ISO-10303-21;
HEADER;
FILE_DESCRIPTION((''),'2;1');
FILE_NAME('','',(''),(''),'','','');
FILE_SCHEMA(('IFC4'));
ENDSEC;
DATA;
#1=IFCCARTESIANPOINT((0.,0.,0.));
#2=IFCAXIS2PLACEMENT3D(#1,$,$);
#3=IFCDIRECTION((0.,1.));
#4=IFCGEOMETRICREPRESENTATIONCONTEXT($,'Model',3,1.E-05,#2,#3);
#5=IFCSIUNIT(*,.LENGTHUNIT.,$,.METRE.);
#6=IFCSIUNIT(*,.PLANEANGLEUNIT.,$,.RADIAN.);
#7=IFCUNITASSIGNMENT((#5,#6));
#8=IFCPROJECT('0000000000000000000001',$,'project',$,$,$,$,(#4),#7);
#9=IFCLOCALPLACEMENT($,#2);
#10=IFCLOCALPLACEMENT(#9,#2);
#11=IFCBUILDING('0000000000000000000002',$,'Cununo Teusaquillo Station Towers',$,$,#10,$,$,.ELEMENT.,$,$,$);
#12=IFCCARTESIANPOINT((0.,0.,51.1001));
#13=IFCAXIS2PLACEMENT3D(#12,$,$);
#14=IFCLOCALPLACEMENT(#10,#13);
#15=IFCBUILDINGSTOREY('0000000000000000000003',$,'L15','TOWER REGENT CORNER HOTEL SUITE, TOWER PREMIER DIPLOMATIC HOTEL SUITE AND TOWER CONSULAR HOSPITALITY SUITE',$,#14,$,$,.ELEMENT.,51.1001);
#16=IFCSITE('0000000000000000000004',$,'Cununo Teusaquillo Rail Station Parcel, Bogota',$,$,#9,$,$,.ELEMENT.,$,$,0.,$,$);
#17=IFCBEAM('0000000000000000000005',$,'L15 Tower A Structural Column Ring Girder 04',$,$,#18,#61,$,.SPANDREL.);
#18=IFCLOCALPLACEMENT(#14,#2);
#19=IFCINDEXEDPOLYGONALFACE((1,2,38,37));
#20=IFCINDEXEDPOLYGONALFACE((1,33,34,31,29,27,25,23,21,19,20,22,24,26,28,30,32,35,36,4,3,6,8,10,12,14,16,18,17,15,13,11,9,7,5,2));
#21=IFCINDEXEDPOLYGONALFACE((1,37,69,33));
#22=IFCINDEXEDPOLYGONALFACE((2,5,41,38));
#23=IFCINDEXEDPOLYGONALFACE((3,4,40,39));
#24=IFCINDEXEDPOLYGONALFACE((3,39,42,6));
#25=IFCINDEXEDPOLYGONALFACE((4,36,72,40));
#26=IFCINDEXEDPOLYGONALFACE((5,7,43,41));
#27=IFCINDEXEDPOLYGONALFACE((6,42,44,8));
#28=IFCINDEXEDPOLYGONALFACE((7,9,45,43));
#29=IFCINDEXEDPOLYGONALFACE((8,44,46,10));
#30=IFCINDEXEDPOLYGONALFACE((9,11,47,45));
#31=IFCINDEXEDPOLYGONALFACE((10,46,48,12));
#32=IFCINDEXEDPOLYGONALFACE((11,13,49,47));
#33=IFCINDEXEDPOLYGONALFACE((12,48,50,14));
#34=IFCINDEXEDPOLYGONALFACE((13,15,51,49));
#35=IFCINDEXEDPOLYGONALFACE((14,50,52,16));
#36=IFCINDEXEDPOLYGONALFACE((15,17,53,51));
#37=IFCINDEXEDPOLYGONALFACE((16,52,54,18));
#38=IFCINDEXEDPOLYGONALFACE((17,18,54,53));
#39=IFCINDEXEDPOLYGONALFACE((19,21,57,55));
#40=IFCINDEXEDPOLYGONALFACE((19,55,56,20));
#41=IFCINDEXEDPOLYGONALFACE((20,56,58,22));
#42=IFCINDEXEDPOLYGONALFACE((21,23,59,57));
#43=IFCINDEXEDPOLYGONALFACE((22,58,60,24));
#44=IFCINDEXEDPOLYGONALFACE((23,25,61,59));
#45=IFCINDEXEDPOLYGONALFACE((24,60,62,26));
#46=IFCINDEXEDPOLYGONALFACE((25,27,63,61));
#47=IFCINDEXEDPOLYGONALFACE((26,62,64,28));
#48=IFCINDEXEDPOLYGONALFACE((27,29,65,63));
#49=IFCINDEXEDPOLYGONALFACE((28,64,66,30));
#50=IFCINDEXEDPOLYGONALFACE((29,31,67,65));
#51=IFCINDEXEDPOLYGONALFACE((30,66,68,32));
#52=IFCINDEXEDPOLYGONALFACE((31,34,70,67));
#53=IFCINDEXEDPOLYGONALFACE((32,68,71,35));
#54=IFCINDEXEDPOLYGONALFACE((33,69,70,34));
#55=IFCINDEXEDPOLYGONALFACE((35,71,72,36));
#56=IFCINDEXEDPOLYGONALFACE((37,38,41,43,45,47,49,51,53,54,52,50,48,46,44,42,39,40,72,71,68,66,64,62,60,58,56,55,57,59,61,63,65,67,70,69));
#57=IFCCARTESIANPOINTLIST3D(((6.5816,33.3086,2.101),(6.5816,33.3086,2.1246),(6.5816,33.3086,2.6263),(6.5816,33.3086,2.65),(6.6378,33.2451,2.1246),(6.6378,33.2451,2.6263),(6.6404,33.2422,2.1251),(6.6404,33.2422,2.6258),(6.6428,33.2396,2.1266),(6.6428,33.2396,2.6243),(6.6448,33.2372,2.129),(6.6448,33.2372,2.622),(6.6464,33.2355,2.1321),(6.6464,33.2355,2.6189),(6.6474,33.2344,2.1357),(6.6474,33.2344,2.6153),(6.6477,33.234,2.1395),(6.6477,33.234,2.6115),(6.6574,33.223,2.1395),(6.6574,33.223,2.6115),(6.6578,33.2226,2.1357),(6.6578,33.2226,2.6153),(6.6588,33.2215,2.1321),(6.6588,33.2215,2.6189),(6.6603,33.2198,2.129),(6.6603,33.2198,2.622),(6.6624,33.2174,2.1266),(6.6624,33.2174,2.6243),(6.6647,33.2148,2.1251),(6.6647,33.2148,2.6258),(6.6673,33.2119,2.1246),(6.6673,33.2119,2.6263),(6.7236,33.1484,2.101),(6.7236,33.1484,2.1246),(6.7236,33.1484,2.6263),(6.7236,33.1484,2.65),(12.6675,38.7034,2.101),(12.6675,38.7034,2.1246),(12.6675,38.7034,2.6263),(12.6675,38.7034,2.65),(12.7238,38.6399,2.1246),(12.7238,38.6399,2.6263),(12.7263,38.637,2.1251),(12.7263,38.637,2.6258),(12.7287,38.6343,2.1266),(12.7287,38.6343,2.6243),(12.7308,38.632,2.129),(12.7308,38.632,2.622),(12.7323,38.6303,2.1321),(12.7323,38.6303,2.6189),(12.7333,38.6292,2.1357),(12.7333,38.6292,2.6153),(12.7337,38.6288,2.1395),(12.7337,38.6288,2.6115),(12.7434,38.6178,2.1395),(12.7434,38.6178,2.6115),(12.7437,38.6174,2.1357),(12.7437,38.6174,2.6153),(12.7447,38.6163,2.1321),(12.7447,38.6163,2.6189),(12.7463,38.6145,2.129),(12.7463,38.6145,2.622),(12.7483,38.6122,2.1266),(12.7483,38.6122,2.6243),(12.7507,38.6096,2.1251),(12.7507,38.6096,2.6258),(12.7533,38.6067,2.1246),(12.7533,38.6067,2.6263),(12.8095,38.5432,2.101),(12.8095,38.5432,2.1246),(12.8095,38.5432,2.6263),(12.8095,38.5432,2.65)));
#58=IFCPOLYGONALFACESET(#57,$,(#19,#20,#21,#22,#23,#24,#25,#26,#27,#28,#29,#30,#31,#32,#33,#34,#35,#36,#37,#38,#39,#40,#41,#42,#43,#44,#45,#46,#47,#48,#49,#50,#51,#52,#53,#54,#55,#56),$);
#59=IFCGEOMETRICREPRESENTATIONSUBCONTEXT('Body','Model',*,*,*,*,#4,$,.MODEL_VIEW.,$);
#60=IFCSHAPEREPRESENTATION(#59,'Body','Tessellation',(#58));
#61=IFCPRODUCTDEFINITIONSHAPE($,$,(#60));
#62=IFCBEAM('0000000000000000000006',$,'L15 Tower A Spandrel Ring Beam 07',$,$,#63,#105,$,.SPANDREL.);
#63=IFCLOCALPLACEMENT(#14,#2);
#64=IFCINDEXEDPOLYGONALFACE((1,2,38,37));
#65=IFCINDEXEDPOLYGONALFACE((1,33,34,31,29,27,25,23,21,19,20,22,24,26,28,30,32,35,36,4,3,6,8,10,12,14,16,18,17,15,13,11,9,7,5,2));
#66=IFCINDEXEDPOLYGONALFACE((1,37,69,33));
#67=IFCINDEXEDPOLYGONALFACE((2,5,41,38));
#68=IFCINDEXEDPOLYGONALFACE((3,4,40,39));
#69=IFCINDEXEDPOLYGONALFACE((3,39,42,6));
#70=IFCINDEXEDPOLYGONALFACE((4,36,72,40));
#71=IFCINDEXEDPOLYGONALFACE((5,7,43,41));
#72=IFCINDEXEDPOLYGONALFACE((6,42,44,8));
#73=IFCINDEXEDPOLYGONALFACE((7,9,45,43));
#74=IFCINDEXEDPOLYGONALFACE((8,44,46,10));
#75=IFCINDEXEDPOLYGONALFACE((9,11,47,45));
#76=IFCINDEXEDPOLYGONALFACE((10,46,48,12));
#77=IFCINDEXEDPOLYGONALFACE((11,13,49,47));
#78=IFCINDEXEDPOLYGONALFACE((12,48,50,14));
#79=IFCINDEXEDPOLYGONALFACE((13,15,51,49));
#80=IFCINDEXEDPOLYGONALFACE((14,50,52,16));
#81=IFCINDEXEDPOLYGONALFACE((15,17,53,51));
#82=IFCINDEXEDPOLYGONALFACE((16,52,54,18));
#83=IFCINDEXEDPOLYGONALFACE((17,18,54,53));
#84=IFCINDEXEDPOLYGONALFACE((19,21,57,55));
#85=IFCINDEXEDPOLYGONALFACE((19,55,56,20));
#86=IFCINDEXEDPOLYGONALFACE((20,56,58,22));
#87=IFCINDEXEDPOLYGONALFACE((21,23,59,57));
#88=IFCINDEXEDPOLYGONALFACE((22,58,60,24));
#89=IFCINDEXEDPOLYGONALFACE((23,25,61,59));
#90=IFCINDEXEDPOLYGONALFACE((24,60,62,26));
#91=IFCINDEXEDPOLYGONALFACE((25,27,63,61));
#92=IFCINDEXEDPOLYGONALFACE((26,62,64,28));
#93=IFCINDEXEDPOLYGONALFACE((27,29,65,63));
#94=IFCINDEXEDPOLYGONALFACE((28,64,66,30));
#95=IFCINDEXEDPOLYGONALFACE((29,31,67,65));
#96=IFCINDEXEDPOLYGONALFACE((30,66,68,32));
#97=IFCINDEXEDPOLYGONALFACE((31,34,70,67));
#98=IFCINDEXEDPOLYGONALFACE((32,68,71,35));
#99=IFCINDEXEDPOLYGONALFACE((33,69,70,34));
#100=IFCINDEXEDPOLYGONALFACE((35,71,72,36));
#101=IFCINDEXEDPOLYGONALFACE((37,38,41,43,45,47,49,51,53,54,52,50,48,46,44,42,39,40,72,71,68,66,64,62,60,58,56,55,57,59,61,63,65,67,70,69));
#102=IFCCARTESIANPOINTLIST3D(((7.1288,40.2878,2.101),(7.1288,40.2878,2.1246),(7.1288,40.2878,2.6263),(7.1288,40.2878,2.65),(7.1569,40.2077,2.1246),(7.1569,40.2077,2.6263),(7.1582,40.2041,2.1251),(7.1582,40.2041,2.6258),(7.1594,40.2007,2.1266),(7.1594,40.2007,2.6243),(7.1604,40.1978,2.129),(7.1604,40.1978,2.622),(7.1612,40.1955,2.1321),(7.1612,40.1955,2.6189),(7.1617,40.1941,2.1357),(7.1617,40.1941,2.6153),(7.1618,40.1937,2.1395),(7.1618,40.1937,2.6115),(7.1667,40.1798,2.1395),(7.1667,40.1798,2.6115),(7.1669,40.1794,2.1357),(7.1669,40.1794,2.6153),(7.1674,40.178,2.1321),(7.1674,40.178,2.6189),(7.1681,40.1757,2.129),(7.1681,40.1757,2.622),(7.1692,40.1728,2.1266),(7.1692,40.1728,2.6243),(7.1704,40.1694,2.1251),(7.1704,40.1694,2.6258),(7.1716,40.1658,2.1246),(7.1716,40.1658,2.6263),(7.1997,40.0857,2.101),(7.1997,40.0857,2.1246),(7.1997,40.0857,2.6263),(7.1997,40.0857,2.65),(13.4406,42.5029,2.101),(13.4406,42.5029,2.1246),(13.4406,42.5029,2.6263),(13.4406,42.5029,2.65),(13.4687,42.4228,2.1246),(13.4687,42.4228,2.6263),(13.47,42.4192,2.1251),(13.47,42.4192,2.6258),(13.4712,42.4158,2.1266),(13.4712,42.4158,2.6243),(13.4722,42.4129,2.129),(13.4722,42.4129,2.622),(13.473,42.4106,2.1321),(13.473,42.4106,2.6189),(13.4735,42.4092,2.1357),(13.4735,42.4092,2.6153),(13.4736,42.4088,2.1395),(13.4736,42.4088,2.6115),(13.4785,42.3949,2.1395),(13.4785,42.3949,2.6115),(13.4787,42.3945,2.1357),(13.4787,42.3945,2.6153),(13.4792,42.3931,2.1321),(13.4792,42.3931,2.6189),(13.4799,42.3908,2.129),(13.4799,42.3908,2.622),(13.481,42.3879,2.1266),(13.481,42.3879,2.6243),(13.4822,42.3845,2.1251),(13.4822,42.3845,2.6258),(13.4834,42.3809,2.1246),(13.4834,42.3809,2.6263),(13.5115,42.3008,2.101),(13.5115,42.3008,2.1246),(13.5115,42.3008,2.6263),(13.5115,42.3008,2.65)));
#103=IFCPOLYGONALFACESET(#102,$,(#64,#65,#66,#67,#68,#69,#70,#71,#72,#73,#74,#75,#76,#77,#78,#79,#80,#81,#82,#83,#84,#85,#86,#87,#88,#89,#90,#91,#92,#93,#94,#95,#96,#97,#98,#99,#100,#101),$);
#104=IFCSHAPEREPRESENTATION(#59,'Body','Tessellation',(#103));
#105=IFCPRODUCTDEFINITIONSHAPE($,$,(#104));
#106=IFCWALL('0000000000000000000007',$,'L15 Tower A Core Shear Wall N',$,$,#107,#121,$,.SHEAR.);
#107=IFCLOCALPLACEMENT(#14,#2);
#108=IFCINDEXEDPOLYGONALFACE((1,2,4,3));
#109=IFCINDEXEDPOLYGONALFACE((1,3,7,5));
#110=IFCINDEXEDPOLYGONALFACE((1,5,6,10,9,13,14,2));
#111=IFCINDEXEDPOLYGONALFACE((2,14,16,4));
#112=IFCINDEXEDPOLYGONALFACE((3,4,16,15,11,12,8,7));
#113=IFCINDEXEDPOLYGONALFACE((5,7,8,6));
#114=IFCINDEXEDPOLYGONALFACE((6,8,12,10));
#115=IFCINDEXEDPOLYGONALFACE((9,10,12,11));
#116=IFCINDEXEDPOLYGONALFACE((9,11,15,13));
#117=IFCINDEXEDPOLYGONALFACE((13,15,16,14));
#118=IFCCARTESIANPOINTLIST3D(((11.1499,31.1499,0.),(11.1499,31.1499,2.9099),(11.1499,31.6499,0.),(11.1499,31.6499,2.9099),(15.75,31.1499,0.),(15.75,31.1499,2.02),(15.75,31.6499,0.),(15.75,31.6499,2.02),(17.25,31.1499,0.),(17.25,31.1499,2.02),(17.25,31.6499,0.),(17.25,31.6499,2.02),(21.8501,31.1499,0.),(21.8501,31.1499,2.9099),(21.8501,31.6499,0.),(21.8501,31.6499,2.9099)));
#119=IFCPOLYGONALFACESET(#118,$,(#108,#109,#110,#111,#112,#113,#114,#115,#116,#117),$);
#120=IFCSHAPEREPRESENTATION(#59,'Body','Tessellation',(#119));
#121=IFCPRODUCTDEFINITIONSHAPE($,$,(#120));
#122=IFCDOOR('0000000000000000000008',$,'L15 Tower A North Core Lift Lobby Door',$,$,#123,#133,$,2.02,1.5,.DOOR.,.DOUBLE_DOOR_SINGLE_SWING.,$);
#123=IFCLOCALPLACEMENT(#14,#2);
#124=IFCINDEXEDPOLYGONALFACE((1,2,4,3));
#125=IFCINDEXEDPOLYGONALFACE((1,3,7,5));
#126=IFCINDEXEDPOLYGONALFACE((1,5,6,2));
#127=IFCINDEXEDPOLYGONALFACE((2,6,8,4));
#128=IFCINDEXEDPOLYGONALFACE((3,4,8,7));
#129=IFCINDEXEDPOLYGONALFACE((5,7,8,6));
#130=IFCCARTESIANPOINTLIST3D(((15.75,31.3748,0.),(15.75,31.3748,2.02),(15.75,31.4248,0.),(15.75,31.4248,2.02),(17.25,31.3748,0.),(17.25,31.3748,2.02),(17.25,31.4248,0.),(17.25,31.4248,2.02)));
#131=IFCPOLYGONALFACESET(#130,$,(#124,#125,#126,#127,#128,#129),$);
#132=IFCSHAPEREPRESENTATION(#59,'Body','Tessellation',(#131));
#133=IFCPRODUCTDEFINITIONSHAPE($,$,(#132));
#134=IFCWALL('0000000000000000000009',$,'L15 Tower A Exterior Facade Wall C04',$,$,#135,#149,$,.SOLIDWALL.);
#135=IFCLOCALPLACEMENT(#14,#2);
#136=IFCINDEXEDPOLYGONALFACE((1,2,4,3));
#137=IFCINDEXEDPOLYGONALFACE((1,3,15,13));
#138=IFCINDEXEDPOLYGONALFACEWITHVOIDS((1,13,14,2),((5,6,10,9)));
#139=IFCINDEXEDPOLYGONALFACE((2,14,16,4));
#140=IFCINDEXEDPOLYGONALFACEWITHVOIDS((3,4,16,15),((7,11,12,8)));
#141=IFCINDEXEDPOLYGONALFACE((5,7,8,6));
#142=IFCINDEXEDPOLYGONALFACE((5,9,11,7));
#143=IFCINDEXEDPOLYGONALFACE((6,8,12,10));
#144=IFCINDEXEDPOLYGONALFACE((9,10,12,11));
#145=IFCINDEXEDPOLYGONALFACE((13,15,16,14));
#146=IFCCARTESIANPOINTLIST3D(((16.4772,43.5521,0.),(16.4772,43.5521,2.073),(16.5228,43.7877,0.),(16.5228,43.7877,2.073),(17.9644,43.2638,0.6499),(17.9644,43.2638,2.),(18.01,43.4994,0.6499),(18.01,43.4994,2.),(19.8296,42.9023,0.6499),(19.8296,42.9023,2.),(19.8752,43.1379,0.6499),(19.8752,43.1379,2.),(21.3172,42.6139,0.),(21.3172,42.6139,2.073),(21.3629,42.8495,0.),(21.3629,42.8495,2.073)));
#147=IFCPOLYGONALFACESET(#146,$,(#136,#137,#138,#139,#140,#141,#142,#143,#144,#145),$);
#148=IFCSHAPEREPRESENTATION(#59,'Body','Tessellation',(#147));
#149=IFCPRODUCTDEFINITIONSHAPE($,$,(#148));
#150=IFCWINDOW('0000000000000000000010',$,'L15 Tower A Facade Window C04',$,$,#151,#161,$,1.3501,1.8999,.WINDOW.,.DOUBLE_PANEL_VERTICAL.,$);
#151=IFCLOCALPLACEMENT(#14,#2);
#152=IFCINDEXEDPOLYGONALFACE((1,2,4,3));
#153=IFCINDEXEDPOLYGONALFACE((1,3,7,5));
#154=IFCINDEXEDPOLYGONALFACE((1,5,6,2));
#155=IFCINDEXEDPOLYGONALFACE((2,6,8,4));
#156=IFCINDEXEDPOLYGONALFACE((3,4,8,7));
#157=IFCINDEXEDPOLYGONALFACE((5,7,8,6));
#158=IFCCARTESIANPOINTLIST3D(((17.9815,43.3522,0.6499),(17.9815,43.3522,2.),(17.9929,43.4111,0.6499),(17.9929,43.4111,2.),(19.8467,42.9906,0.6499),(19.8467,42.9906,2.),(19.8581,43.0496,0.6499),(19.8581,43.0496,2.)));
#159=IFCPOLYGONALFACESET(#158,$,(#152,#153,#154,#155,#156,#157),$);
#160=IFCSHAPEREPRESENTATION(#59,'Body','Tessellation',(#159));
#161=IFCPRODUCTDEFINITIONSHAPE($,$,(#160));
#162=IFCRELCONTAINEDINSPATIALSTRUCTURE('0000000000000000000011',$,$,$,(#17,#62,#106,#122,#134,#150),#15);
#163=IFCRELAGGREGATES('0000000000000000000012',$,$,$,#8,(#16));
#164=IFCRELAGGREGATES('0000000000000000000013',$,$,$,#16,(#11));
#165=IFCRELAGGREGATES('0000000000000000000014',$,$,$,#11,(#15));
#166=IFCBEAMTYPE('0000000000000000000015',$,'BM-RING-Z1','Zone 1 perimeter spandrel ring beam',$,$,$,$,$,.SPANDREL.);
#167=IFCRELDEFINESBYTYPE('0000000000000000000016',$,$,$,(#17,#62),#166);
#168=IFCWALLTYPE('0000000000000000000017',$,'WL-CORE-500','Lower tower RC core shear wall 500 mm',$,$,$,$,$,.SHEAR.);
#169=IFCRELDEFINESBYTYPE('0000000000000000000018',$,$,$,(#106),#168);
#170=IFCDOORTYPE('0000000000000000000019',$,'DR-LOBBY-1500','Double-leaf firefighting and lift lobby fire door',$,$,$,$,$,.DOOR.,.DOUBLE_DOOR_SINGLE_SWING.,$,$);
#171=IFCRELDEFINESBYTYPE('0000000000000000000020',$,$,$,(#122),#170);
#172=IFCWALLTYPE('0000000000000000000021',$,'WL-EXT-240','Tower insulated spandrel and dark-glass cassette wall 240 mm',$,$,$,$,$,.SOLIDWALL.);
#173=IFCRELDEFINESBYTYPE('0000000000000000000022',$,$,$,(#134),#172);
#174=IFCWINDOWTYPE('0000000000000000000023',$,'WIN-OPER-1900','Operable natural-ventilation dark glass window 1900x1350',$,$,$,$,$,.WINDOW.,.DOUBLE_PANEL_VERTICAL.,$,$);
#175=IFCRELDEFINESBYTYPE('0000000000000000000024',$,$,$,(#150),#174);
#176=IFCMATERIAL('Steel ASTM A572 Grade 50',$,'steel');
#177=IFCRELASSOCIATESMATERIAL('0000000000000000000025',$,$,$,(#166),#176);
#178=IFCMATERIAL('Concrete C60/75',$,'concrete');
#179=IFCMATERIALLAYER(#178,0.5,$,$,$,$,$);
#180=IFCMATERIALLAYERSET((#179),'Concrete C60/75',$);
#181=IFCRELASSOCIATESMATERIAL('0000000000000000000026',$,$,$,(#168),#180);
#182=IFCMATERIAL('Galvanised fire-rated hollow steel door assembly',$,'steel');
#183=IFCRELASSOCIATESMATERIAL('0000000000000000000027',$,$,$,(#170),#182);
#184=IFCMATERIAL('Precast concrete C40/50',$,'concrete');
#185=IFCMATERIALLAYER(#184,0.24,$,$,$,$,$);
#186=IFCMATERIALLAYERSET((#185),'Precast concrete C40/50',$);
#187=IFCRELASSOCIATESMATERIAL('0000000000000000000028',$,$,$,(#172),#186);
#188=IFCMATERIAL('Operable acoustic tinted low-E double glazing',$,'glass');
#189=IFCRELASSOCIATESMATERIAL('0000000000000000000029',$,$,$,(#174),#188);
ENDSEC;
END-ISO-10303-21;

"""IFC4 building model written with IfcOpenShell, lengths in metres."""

from ifc_helpers import new_model, si_unit, direction, frame, frame_2d, origin, origin_2d, place, context, subcontext, project, spatial, rectangle, i_section, extrude, source, transform, mapped, material, layer, layer_set, material_profile, profile_set, type_object, element, fill, save


model = new_model("IFC4")

# Units and contexts
model_context = context("Model", 3, precision=1e-05, world=origin(), true_north=direction((0.0, 1.0)))
body_context = subcontext(model_context, "Body", "Model", "MODEL_VIEW")
ifc_project = project(units=[si_unit("LENGTHUNIT", "METRE"), si_unit("PLANEANGLEUNIT", "RADIAN")], contexts=[model_context])

# Site, building, storey
site_placement = place(None, origin())
site = spatial("IfcSite", under=ifc_project, at=site_placement, Name="Cununo Teusaquillo Rail Station Parcel, Bogota", CompositionType="ELEMENT", RefElevation=0.0)
building_placement = place(site_placement, origin())
building = spatial("IfcBuilding", under=site, at=building_placement, Name="Cununo Teusaquillo Station Towers", CompositionType="ELEMENT")
storey_placement = place(building_placement, frame((0.0, 0.0, 51.1001)))
storey = spatial("IfcBuildingStorey", under=building, at=storey_placement, Name="L15", Description="TOWER REGENT CORNER HOTEL SUITE, TOWER PREMIER DIPLOMATIC HOTEL SUITE AND TOWER CONSULAR HOSPITALITY SUITE", CompositionType="ELEMENT", Elevation=51.1001)

# Beams
ifc_material_1 = material(Name="Steel ASTM A572 Grade 50", Category="steel")
ifc_material_profile_1 = material_profile(ifc_material_1, i_section(OverallWidth=0.2141, OverallDepth=0.5491, WebThickness=0.0146, FlangeThickness=0.0237, FilletRadius=0.0149, at=origin_2d()), Name="W21X93")
ifc_profile_set_1 = profile_set([ifc_material_profile_1], Name="Steel ASTM A572 Grade 50")
beam_type_1 = type_object("IfcBeamType", Name="BM-RING-Z1", Description="Zone 1 perimeter spandrel ring beam", PredefinedType="SPANDREL", material=ifc_profile_set_1)
beam_1_placement = place(storey_placement, frame((12.7385, 38.6233, 2.3755), z_axis=(-0.748321, -0.663337, 0.0), x_axis=(0.663337, -0.748321, 0.0)))
element("IfcBeam", 1, at=beam_1_placement, inside=storey, type_object=beam_type_1, Name="L15 Tower A Structural Column Ring Girder 04", PredefinedType="SPANDREL", context=body_context, shape_type="SweptSolid", body=[
    extrude(i_section(OverallWidth=0.2141, OverallDepth=0.5491, WebThickness=0.0146, FlangeThickness=0.0237, FilletRadius=0.0149, at=origin_2d()), origin(), (0.0, 0.0, 1.0), 8.1328),
])
beam_2_placement = place(storey_placement, frame((13.4761, 42.4019, 2.3755), z_axis=(-0.94358, -0.331145, 0.0), x_axis=(0.331145, -0.94358, 0.0)))
element("IfcBeam", 2, at=beam_2_placement, inside=storey, type_object=beam_type_1, Name="L15 Tower A Spandrel Ring Beam 07", PredefinedType="SPANDREL", context=body_context, shape_type="SweptSolid", body=[
    extrude(i_section(OverallWidth=0.2141, OverallDepth=0.5491, WebThickness=0.0146, FlangeThickness=0.0237, FilletRadius=0.0149, at=origin_2d()), origin(), (0.0, 0.0, 1.0), 6.6892),
])

# Wall, opening, door
ifc_material_2 = material(Name="Concrete C60/75", Category="concrete")
ifc_layer_1 = layer(ifc_material_2, 0.5)
ifc_layer_set_1 = layer_set([ifc_layer_1], Name="Concrete C60/75")
wall_type_1 = type_object("IfcWallType", Name="WL-CORE-500", Description="Lower tower RC core shear wall 500 mm", PredefinedType="SHEAR", material=ifc_layer_set_1)
wall_1_placement = place(storey_placement, frame((11.1499, 31.3999, 0.0), z_axis=(0.0, 0.0, 1.0), x_axis=(1.0, 0.0, 0.0)))
wall_1 = element("IfcWall", 3, at=wall_1_placement, inside=storey, type_object=wall_type_1, Name="L15 Tower A Core Shear Wall N", PredefinedType="SHEAR", context=body_context, shape_type="SweptSolid", body=[
    extrude(rectangle(XDim=10.7002, YDim=0.5, at=frame_2d((5.3501, 0.0))), origin(), (0.0, 0.0, 1.0), 2.9099),
])
shared_shape_1 = source(origin(), body_context, "Body", "SweptSolid", [
    extrude(rectangle(XDim=1.5, YDim=2.02, at=frame_2d((0.75, 1.01))), frame((0.0, 0.26, 0.0), z_axis=(0.0, -1.0, 0.0), x_axis=(1.0, 0.0, 0.0)), (0.0, 0.0, 1.0), 0.52),
])
opening_1_placement = place(wall_1_placement, frame((4.6001, 0.0, 0.0)))
opening_1 = element("IfcOpeningElement", 4, at=opening_1_placement, cuts=wall_1, PredefinedType="OPENING", context=body_context, shape_type="MappedRepresentation", body=[
    mapped(shared_shape_1, transform((0.0, 0.0, 0.0), x_axis=(1.0, 0.0, 0.0), y_axis=(0.0, 1.0, 0.0), z_axis=(0.0, 0.0, 1.0), scale=1.0)),
])
ifc_material_3 = material(Name="Galvanised fire-rated hollow steel door assembly", Category="steel")
door_type_1 = type_object("IfcDoorType", Name="DR-LOBBY-1500", Description="Double-leaf firefighting and lift lobby fire door", OperationType="DOUBLE_DOOR_SINGLE_SWING", PredefinedType="DOOR", material=ifc_material_3)
shared_shape_2 = source(origin(), body_context, "Body", "SweptSolid", [
    extrude(rectangle(XDim=1.5, YDim=2.02, at=frame_2d((0.75, 1.01))), frame((0.0, 0.0249, 0.0), z_axis=(0.0, -1.0, 0.0), x_axis=(1.0, 0.0, 0.0)), (0.0, 0.0, 1.0), 0.05),
])
door_1_placement = place(opening_1_placement, origin())
door_1 = element("IfcDoor", 5, at=door_1_placement, inside=storey, type_object=door_type_1, Name="L15 Tower A North Core Lift Lobby Door", OperationType="DOUBLE_DOOR_SINGLE_SWING", OverallHeight=2.02, OverallWidth=1.5, PredefinedType="DOOR", context=body_context, shape_type="MappedRepresentation", body=[
    mapped(shared_shape_2, transform((0.0, 0.0, 0.0), x_axis=(1.0, 0.0, 0.0), y_axis=(0.0, 1.0, 0.0), z_axis=(0.0, 0.0, 1.0), scale=1.0)),
])
fill(opening_1, door_1)

# Wall, opening, window
ifc_material_4 = material(Name="Precast concrete C40/50", Category="concrete")
ifc_layer_2 = layer(ifc_material_4, 0.24)
ifc_layer_set_2 = layer_set([ifc_layer_2], Name="Precast concrete C40/50")
wall_type_2 = type_object("IfcWallType", Name="WL-EXT-240", Description="Tower insulated spandrel and dark-glass cassette wall 240 mm", PredefinedType="SOLIDWALL", material=ifc_layer_set_2)
wall_2_placement = place(storey_placement, frame((16.5, 43.6699, 0.0), z_axis=(0.0, 0.0, 1.0), x_axis=(0.981725, -0.190304, 0.0)))
wall_2 = element("IfcWall", 6, at=wall_2_placement, inside=storey, type_object=wall_type_2, Name="L15 Tower A Exterior Facade Wall C04", PredefinedType="SOLIDWALL", context=body_context, shape_type="SweptSolid", body=[
    extrude(rectangle(XDim=4.9302, YDim=0.24, at=frame_2d((2.4651, 0.0))), origin(), (0.0, 0.0, 1.0), 2.073),
])
shared_shape_3 = source(origin(), body_context, "Body", "SweptSolid", [
    extrude(rectangle(XDim=1.8999, YDim=1.3501, at=frame_2d((0.95, 0.675))), frame((0.0, 0.1299, 0.0), z_axis=(0.0, -1.0, 0.0), x_axis=(1.0, 0.0, 0.0)), (0.0, 0.0, 1.0), 0.26),
])
opening_2_placement = place(wall_2_placement, frame((1.5149, 0.0, 0.6499)))
opening_2 = element("IfcOpeningElement", 7, at=opening_2_placement, cuts=wall_2, PredefinedType="OPENING", context=body_context, shape_type="MappedRepresentation", body=[
    mapped(shared_shape_3, transform((0.0, 0.0, 0.0), x_axis=(1.0, 0.0, 0.0), y_axis=(0.0, 1.0, 0.0), z_axis=(0.0, 0.0, 1.0), scale=1.0)),
])
ifc_material_5 = material(Name="Operable acoustic tinted low-E double glazing", Category="glass")
window_type = type_object("IfcWindowType", Name="WIN-OPER-1900", Description="Operable natural-ventilation dark glass window 1900x1350", PartitioningType="DOUBLE_PANEL_VERTICAL", PredefinedType="WINDOW", material=ifc_material_5)
shared_shape_4 = source(origin(), body_context, "Body", "SweptSolid", [
    extrude(rectangle(XDim=1.8999, YDim=1.3501, at=frame_2d((0.95, 0.675))), frame((0.0, 0.03, 0.0), z_axis=(0.0, -1.0, 0.0), x_axis=(1.0, 0.0, 0.0)), (0.0, 0.0, 1.0), 0.0601),
])
window_placement = place(opening_2_placement, origin())
window = element("IfcWindow", 8, at=window_placement, inside=storey, type_object=window_type, Name="L15 Tower A Facade Window C04", OverallHeight=1.3501, OverallWidth=1.8999, PartitioningType="DOUBLE_PANEL_VERTICAL", PredefinedType="WINDOW", context=body_context, shape_type="MappedRepresentation", body=[
    mapped(shared_shape_4, transform((0.0, 0.0, 0.0), x_axis=(1.0, 0.0, 0.0), y_axis=(0.0, 1.0, 0.0), z_axis=(0.0, 0.0, 1.0), scale=1.0)),
])
fill(opening_2, window)

save(model, "model.ifc")
